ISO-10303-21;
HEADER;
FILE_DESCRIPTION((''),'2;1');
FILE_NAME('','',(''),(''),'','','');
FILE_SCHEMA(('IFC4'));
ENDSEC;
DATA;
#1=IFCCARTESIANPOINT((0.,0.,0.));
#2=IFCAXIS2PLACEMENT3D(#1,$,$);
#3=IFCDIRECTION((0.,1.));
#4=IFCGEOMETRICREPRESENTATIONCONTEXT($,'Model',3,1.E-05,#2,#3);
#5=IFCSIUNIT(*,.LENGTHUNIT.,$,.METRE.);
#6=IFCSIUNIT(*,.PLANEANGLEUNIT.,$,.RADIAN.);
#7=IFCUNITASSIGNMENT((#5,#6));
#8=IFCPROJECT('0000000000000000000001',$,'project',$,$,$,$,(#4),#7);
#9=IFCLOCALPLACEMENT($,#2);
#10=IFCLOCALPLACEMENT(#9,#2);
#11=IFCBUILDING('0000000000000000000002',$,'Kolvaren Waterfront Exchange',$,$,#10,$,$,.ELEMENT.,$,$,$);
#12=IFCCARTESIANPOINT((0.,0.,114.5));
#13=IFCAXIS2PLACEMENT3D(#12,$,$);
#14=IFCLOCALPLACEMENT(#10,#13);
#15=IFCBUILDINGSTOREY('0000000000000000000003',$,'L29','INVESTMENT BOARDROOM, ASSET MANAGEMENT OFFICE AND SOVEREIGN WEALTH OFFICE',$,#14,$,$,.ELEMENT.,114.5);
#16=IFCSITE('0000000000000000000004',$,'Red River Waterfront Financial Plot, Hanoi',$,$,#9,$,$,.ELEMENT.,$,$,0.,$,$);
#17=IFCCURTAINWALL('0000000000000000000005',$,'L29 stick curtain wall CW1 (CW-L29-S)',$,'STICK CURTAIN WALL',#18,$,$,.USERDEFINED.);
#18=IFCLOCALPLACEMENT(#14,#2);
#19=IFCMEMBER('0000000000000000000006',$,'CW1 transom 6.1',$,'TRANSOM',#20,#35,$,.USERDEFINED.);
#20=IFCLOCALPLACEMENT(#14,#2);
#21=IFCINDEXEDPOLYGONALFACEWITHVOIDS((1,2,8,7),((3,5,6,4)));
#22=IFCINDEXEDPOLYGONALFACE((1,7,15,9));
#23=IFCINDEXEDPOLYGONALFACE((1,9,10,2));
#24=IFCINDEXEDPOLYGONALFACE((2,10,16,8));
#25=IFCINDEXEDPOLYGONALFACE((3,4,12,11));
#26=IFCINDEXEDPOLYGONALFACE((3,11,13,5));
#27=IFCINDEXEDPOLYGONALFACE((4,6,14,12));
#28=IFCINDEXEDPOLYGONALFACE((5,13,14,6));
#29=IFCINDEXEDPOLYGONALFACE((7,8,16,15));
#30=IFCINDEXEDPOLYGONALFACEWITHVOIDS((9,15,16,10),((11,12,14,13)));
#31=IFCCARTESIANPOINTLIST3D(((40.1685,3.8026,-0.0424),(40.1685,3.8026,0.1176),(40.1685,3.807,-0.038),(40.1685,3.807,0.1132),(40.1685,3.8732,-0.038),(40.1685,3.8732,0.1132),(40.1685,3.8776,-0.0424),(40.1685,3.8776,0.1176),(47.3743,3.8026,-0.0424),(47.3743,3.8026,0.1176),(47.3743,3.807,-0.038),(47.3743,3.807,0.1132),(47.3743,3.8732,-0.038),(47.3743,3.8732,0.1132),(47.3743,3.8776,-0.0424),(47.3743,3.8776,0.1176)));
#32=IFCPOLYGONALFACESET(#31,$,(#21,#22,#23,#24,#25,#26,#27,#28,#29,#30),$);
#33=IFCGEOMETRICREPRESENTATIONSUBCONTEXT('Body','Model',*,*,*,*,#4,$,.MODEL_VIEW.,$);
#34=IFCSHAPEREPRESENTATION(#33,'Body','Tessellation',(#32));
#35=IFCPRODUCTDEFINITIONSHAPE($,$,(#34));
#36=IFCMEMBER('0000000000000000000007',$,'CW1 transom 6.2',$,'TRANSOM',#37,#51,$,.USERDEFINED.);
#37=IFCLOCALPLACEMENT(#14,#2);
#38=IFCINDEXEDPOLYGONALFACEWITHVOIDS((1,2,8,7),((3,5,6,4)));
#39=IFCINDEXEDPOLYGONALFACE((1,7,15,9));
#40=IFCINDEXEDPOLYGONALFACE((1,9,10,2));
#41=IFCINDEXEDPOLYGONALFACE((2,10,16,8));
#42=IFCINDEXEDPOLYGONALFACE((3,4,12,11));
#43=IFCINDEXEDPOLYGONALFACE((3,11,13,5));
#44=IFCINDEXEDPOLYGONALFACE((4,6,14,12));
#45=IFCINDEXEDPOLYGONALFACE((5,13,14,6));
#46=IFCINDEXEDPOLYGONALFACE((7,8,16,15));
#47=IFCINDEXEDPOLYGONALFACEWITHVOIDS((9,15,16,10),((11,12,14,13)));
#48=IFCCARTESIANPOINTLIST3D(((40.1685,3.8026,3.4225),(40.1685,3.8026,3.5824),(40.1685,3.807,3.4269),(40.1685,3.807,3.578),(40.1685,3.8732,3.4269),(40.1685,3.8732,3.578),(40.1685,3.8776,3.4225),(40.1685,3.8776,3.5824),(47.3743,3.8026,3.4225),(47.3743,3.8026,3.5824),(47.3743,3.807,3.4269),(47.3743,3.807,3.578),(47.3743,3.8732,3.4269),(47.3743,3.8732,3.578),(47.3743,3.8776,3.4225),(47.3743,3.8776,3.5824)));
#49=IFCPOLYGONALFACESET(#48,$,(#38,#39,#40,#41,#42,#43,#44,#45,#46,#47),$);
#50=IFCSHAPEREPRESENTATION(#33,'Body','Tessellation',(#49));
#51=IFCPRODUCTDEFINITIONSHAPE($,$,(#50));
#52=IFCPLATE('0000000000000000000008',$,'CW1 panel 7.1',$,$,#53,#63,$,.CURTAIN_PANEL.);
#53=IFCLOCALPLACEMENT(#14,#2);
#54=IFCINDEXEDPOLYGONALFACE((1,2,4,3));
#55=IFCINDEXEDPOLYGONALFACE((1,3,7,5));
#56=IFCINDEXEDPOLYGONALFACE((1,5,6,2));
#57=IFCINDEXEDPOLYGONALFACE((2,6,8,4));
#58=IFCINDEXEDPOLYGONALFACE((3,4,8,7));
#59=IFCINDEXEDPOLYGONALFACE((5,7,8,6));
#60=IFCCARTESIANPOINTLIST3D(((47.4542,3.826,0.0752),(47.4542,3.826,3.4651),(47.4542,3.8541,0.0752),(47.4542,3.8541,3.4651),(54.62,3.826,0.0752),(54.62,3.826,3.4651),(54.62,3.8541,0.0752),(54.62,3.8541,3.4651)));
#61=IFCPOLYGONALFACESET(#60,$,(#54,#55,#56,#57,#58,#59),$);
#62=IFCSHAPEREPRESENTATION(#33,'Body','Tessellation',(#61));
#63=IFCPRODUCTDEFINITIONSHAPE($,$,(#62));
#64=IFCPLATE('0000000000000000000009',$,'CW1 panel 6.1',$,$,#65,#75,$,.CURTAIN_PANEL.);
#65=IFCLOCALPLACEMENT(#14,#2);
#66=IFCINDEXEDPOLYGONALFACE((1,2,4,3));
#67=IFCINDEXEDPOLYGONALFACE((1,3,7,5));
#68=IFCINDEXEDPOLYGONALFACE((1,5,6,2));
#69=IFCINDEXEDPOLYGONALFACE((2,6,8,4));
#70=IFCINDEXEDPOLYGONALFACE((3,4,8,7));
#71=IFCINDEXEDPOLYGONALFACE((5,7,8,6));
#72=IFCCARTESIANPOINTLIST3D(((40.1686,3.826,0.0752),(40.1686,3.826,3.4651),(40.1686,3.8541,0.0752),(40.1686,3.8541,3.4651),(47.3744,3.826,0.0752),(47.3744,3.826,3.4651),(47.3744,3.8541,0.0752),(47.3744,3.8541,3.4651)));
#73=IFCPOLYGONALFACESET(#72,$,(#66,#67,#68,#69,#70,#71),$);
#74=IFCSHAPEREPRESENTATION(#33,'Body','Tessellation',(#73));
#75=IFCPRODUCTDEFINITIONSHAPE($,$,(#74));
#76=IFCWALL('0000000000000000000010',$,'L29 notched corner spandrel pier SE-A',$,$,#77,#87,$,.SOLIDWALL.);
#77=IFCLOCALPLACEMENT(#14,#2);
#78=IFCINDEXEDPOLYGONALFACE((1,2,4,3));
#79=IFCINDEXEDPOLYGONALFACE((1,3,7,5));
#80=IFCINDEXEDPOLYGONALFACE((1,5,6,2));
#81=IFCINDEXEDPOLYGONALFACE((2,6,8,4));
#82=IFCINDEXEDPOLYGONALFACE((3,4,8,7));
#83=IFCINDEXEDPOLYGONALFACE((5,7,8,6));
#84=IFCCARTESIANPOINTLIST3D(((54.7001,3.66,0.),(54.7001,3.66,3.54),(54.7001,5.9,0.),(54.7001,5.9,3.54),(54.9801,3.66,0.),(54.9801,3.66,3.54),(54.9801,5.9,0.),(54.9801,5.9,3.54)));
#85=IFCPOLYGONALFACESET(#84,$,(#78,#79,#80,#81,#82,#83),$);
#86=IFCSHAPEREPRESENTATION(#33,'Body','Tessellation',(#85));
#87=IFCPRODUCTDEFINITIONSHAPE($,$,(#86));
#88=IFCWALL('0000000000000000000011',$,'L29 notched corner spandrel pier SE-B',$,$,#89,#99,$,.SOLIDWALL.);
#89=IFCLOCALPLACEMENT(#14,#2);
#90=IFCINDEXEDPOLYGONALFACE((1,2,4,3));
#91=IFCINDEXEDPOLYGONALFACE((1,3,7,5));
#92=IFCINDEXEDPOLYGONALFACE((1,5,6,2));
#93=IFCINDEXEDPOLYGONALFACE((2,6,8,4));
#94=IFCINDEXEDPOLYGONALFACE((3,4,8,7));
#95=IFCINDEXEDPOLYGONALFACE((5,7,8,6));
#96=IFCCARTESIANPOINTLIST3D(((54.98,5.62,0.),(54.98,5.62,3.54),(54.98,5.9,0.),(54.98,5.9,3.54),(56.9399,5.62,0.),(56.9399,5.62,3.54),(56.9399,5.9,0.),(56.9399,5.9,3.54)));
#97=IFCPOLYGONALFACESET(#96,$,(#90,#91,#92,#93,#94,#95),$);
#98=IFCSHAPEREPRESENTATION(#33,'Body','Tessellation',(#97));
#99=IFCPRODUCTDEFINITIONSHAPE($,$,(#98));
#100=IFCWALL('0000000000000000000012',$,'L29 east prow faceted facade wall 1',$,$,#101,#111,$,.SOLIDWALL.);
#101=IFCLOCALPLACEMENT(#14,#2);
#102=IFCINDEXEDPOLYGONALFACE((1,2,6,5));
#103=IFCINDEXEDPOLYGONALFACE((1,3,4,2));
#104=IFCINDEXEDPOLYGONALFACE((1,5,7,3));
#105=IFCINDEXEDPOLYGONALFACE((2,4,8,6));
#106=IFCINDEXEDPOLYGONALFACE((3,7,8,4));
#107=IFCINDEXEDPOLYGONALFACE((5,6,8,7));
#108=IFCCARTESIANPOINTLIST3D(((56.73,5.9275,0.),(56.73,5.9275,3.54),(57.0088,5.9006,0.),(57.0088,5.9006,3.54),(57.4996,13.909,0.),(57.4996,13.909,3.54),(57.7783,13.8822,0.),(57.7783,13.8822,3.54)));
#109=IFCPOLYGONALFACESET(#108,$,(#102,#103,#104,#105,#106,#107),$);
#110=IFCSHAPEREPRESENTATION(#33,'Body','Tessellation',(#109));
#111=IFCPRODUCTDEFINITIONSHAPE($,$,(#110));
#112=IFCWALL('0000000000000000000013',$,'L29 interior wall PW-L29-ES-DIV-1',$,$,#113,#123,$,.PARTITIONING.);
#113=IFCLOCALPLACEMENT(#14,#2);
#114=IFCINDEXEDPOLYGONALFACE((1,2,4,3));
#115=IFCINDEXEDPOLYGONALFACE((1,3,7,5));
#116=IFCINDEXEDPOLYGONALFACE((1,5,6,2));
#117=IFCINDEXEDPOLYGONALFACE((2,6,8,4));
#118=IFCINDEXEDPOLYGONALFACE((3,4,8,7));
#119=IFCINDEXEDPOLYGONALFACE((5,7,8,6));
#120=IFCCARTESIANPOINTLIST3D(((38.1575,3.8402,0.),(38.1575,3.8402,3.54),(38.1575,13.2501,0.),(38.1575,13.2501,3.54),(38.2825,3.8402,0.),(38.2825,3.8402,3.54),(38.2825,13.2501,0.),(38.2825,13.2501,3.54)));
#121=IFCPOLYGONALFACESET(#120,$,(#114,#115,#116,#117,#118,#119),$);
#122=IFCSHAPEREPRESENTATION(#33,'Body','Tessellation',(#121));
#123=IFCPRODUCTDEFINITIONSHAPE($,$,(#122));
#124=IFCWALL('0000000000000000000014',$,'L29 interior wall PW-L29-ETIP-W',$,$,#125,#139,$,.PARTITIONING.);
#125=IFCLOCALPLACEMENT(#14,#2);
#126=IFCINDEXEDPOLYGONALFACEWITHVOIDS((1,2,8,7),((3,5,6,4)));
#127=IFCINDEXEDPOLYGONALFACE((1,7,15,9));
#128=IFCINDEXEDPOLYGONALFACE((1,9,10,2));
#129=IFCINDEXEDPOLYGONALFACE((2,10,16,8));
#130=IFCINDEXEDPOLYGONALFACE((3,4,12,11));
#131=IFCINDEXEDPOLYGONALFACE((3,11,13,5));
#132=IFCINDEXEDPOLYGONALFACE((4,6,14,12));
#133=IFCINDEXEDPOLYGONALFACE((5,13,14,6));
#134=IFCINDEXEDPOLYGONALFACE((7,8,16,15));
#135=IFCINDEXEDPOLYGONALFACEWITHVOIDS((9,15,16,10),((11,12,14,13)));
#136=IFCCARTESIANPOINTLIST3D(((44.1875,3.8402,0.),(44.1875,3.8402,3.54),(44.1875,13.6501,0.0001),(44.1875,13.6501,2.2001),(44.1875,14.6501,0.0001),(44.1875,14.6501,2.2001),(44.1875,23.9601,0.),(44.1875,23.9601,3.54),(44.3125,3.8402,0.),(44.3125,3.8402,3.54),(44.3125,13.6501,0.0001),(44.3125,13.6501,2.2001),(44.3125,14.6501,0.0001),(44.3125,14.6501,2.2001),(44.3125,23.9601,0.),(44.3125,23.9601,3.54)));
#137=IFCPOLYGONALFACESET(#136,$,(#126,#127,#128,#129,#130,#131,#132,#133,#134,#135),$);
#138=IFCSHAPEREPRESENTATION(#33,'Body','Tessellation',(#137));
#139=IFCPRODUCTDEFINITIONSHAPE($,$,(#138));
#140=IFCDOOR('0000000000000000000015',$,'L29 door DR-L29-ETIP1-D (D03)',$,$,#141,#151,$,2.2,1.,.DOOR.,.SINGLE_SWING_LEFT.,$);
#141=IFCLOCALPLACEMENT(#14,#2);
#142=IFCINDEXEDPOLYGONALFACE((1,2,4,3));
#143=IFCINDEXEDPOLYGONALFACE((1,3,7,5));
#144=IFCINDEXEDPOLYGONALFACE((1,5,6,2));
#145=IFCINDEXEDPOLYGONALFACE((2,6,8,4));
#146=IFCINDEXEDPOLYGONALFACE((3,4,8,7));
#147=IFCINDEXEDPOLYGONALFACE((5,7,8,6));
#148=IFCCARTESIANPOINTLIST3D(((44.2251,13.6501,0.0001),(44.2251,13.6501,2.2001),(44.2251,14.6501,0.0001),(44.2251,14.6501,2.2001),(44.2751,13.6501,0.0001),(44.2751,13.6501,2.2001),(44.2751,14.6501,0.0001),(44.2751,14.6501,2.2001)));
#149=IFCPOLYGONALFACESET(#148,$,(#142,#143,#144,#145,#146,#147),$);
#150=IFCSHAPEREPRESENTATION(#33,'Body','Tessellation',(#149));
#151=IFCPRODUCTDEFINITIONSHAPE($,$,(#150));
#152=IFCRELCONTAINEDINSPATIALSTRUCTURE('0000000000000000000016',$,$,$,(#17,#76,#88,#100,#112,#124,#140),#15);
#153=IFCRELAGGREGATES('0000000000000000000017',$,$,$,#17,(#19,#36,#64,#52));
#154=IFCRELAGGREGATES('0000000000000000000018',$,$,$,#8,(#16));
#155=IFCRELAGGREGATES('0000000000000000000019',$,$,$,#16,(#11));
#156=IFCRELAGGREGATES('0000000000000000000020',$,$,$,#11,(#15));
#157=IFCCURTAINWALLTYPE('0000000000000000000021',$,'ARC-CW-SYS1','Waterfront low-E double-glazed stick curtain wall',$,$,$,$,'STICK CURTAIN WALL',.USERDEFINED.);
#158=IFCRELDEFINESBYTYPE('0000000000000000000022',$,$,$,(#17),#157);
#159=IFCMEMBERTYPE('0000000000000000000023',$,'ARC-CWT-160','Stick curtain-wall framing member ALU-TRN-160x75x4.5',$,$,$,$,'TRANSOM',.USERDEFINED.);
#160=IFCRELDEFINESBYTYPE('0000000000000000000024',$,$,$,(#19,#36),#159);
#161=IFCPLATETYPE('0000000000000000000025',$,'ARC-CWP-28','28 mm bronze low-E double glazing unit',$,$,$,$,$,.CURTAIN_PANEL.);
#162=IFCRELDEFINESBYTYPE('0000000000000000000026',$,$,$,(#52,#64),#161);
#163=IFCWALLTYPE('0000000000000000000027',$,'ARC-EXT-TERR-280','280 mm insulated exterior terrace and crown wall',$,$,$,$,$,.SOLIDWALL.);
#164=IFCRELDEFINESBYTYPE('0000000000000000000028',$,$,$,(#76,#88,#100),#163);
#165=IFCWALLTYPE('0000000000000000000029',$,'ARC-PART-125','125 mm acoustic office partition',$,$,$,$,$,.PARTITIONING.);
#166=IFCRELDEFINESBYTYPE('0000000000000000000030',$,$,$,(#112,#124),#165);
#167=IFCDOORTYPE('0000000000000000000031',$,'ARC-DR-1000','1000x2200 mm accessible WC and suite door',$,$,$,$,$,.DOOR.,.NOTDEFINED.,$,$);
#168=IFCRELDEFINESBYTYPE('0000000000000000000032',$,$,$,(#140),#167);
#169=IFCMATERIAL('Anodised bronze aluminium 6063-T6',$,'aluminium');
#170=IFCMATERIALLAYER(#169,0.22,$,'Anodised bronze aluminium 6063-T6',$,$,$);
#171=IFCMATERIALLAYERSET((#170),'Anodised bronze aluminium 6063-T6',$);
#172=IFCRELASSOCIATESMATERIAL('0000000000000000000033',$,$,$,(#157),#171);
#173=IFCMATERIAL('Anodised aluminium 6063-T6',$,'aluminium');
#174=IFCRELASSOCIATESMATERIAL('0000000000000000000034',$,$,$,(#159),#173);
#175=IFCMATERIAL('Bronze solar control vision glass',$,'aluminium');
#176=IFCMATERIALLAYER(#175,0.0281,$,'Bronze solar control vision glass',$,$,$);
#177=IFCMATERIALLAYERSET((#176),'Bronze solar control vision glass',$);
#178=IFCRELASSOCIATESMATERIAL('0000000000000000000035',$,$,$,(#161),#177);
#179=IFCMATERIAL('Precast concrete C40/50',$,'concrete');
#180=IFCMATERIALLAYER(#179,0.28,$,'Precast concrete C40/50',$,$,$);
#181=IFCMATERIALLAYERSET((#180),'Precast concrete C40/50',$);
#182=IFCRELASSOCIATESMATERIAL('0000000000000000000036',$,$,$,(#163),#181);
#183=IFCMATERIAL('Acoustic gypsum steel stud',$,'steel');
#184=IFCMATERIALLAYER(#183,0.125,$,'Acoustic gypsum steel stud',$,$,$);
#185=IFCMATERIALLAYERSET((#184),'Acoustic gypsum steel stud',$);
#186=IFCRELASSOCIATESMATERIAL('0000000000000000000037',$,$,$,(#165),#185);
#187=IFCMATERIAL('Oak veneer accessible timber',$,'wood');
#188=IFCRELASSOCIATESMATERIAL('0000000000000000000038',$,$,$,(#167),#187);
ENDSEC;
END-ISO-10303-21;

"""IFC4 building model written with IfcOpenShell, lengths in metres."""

from ifc_helpers import new_model, si_unit, direction, frame, frame_2d, origin, origin_with_axes, origin_2d, place, context, subcontext, project, spatial, rectangle, hollow_rectangle, extrude, source, transform, mapped, material, layer, layer_set, material_profile, profile_set, type_object, element, fill, aggregate, save


model = new_model("IFC4")

# Units and contexts
model_context = context("Model", 3, precision=1e-05, world=origin(), true_north=direction((0.0, 1.0)))
body_context = subcontext(model_context, "Body", "Model", "MODEL_VIEW")
ifc_project = project(units=[si_unit("LENGTHUNIT", "METRE"), si_unit("PLANEANGLEUNIT", "RADIAN")], contexts=[model_context])

# Site, building, storey
site_placement = place(None, origin())
site = spatial("IfcSite", under=ifc_project, at=site_placement, Name="Red River Waterfront Financial Plot, Hanoi", CompositionType="ELEMENT", RefElevation=0.0)
building_placement = place(site_placement, origin())
building = spatial("IfcBuilding", under=site, at=building_placement, Name="Kolvaren Waterfront Exchange", CompositionType="ELEMENT")
storey_placement = place(building_placement, frame((0.0, 0.0, 114.5)))
storey = spatial("IfcBuildingStorey", under=building, at=storey_placement, Name="L29", Description="INVESTMENT BOARDROOM, ASSET MANAGEMENT OFFICE AND SOVEREIGN WEALTH OFFICE", CompositionType="ELEMENT", Elevation=114.5)

# Curtain wall, members, plates
ifc_material_1 = material(Name="Anodised bronze aluminium 6063-T6", Category="aluminium")
ifc_layer_1 = layer(ifc_material_1, 0.22, Name="Anodised bronze aluminium 6063-T6")
ifc_layer_set_1 = layer_set([ifc_layer_1], Name="Anodised bronze aluminium 6063-T6")
curtain_wall_type = type_object("IfcCurtainWallType", Name="ARC-CW-SYS1", Description="Waterfront low-E double-glazed stick curtain wall", ElementType="STICK CURTAIN WALL", PredefinedType="USERDEFINED", material=ifc_layer_set_1)
curtain_wall_placement = place(storey_placement, origin())
curtain_wall = element("IfcCurtainWall", 1, at=curtain_wall_placement, inside=storey, type_object=curtain_wall_type, Name="L29 stick curtain wall CW1 (CW-L29-S)", ObjectType="STICK CURTAIN WALL", PredefinedType="USERDEFINED")
ifc_material_2 = material(Name="Anodised aluminium 6063-T6", Category="aluminium")
ifc_material_profile_1 = material_profile(ifc_material_2, hollow_rectangle(XDim=0.075, YDim=0.1599, WallThickness=0.0044, at=origin_2d()), Name="ALU-TRN-160x75x4.5")
ifc_profile_set_1 = profile_set([ifc_material_profile_1], Name="Anodised aluminium 6063-T6")
member_type_1 = type_object("IfcMemberType", Name="ARC-CWT-160", Description="Stick curtain-wall framing member ALU-TRN-160x75x4.5", ElementType="TRANSOM", PredefinedType="USERDEFINED", material=ifc_profile_set_1)
shared_shape_1 = source(origin_with_axes(), body_context, "Body", "SweptSolid", [
    extrude(hollow_rectangle(XDim=0.075, YDim=0.1599, WallThickness=0.0044, at=origin_2d()), origin(), (0.0, 0.0, 1.0), 7.2058),
])
member_1_placement = place(storey_placement, frame((40.1685, 3.8401, 0.0376), z_axis=(1.0, 0.0, 0.0), x_axis=(0.0, 1.0, 0.0)))
member_1 = element("IfcMember", 2, at=member_1_placement, type_object=member_type_1, Name="CW1 transom 6.1", ObjectType="TRANSOM", PredefinedType="USERDEFINED", context=body_context, shape_type="MappedRepresentation", body=[
    mapped(shared_shape_1, transform((0.0, 0.0, 0.0), x_axis=(1.0, 0.0, 0.0), y_axis=(0.0, 1.0, 0.0), z_axis=(0.0, 0.0, 1.0), scale=1.0)),
])
member_2_placement = place(storey_placement, frame((40.1685, 3.8401, 3.5024), z_axis=(1.0, 0.0, 0.0), x_axis=(0.0, 1.0, 0.0)))
member_2 = element("IfcMember", 3, at=member_2_placement, type_object=member_type_1, Name="CW1 transom 6.2", ObjectType="TRANSOM", PredefinedType="USERDEFINED", context=body_context, shape_type="MappedRepresentation", body=[
    mapped(shared_shape_1, transform((0.0, 0.0, 0.0), x_axis=(1.0, 0.0, 0.0), y_axis=(0.0, 1.0, 0.0), z_axis=(0.0, 0.0, 1.0), scale=1.0)),
])
ifc_material_3 = material(Name="Bronze solar control vision glass", Category="aluminium")
ifc_layer_2 = layer(ifc_material_3, 0.0281, Name="Bronze solar control vision glass")
ifc_layer_set_2 = layer_set([ifc_layer_2], Name="Bronze solar control vision glass")
plate_type = type_object("IfcPlateType", Name="ARC-CWP-28", Description="28 mm bronze low-E double glazing unit", PredefinedType="CURTAIN_PANEL", material=ifc_layer_set_2)
shared_shape_2 = source(origin_with_axes(), body_context, "Body", "SweptSolid", [
    extrude(rectangle(XDim=7.1658, YDim=0.0281, at=origin_2d()), origin(), (0.0, 0.0, 1.0), 3.3899),
])
plate_1_placement = place(storey_placement, frame((51.0371, 3.8401, 0.0752), z_axis=(0.0, 0.0, 1.0), x_axis=(1.0, 0.0, 0.0)))
plate_1 = element("IfcPlate", 4, at=plate_1_placement, type_object=plate_type, Name="CW1 panel 7.1", PredefinedType="CURTAIN_PANEL", context=body_context, shape_type="MappedRepresentation", body=[
    mapped(shared_shape_2, transform((0.0, 0.0, 0.0), x_axis=(1.0, 0.0, 0.0), y_axis=(0.0, 1.0, 0.0), z_axis=(0.0, 0.0, 1.0), scale=1.0)),
])
shared_shape_3 = source(origin_with_axes(), body_context, "Body", "SweptSolid", [
    extrude(rectangle(XDim=7.2058, YDim=0.0281, at=origin_2d()), origin(), (0.0, 0.0, 1.0), 3.3899),
])
plate_2_placement = place(storey_placement, frame((43.7715, 3.8401, 0.0752), z_axis=(0.0, 0.0, 1.0), x_axis=(1.0, 0.0, 0.0)))
plate_2 = element("IfcPlate", 5, at=plate_2_placement, type_object=plate_type, Name="CW1 panel 6.1", PredefinedType="CURTAIN_PANEL", context=body_context, shape_type="MappedRepresentation", body=[
    mapped(shared_shape_3, transform((0.0, 0.0, 0.0), x_axis=(1.0, 0.0, 0.0), y_axis=(0.0, 1.0, 0.0), z_axis=(0.0, 0.0, 1.0), scale=1.0)),
])
aggregate(curtain_wall, [member_1, member_2, plate_2, plate_1])

# Walls
ifc_material_4 = material(Name="Precast concrete C40/50", Category="concrete")
ifc_layer_3 = layer(ifc_material_4, 0.28, Name="Precast concrete C40/50")
ifc_layer_set_3 = layer_set([ifc_layer_3], Name="Precast concrete C40/50")
wall_type_1 = type_object("IfcWallType", Name="ARC-EXT-TERR-280", Description="280 mm insulated exterior terrace and crown wall", PredefinedType="SOLIDWALL", material=ifc_layer_set_3)
wall_1_placement = place(storey_placement, frame((54.8401, 3.6599, 0.0), z_axis=(0.0, 0.0, 1.0), x_axis=(0.0, 1.0, 0.0)))
element("IfcWall", 6, at=wall_1_placement, inside=storey, type_object=wall_type_1, Name="L29 notched corner spandrel pier SE-A", PredefinedType="SOLIDWALL", context=body_context, shape_type="SweptSolid", body=[
    extrude(rectangle(XDim=2.24, YDim=0.28, at=frame_2d((1.1201, 0.0))), origin(), (0.0, 0.0, 1.0), 3.54),
])
wall_2_placement = place(storey_placement, frame((54.98, 5.76, 0.0), z_axis=(0.0, 0.0, 1.0), x_axis=(1.0, 0.0, 0.0)))
element("IfcWall", 7, at=wall_2_placement, inside=storey, type_object=wall_type_1, Name="L29 notched corner spandrel pier SE-B", PredefinedType="SOLIDWALL", context=body_context, shape_type="SweptSolid", body=[
    extrude(rectangle(XDim=1.96, YDim=0.28, at=frame_2d((0.98, 0.0))), origin(), (0.0, 0.0, 1.0), 3.54),
])
wall_3_placement = place(storey_placement, frame((56.8694, 5.9141, 0.0), z_axis=(0.0, 0.0, 1.0), x_axis=(0.09597, 0.995384, 0.0)))
element("IfcWall", 8, at=wall_3_placement, inside=storey, type_object=wall_type_1, Name="L29 east prow faceted facade wall 1", PredefinedType="SOLIDWALL", context=body_context, shape_type="SweptSolid", body=[
    extrude(rectangle(XDim=8.0186, YDim=0.28, at=frame_2d((4.0093, 0.0))), origin(), (0.0, 0.0, 1.0), 3.54),
])
ifc_material_5 = material(Name="Acoustic gypsum steel stud", Category="steel")
ifc_layer_4 = layer(ifc_material_5, 0.125, Name="Acoustic gypsum steel stud")
ifc_layer_set_4 = layer_set([ifc_layer_4], Name="Acoustic gypsum steel stud")
wall_type_2 = type_object("IfcWallType", Name="ARC-PART-125", Description="125 mm acoustic office partition", PredefinedType="PARTITIONING", material=ifc_layer_set_4)
wall_4_placement = place(storey_placement, frame((38.22, 3.8401, 0.0), z_axis=(0.0, 0.0, 1.0), x_axis=(0.0, 1.0, 0.0)))
element("IfcWall", 9, at=wall_4_placement, inside=storey, type_object=wall_type_2, Name="L29 interior wall PW-L29-ES-DIV-1", PredefinedType="PARTITIONING", context=body_context, shape_type="SweptSolid", body=[
    extrude(rectangle(XDim=9.4099, YDim=0.125, at=frame_2d((4.7051, 0.0))), origin(), (0.0, 0.0, 1.0), 3.54),
])

# Wall, opening, door
wall_5_placement = place(storey_placement, frame((44.25, 3.8401, 0.0), z_axis=(0.0, 0.0, 1.0), x_axis=(0.0, 1.0, 0.0)))
wall_5 = element("IfcWall", 10, at=wall_5_placement, inside=storey, type_object=wall_type_2, Name="L29 interior wall PW-L29-ETIP-W", PredefinedType="PARTITIONING", context=body_context, shape_type="SweptSolid", body=[
    extrude(rectangle(XDim=20.1199, YDim=0.125, at=frame_2d((10.0601, 0.0))), origin(), (0.0, 0.0, 1.0), 3.54),
])
opening_placement = place(wall_5_placement, frame((9.8101, 0.0, 0.0)))
opening = element("IfcOpeningElement", 11, at=opening_placement, cuts=wall_5, PredefinedType="OPENING", context=body_context, shape_type="SweptSolid", body=[
    extrude(rectangle(XDim=1.0, YDim=2.2, at=frame_2d((0.5, 1.1001))), frame((0.0, 0.0725, 0.0), z_axis=(0.0, -1.0, 0.0), x_axis=(1.0, 0.0, 0.0)), (0.0, 0.0, 1.0), 0.145),
])
ifc_material_6 = material(Name="Oak veneer accessible timber", Category="wood")
door_type = type_object("IfcDoorType", Name="ARC-DR-1000", Description="1000x2200 mm accessible WC and suite door", OperationType="NOTDEFINED", PredefinedType="DOOR", material=ifc_material_6)
door_placement = place(opening_placement, origin())
door = element("IfcDoor", 12, at=door_placement, inside=storey, type_object=door_type, Name="L29 door DR-L29-ETIP1-D (D03)", OperationType="SINGLE_SWING_LEFT", OverallHeight=2.2, OverallWidth=1.0, PredefinedType="DOOR", context=body_context, shape_type="SweptSolid", body=[
    extrude(rectangle(XDim=1.0, YDim=2.2, at=frame_2d((0.5, 1.1001))), frame((0.0, 0.0249, 0.0), z_axis=(0.0, -1.0, 0.0), x_axis=(1.0, 0.0, 0.0)), (0.0, 0.0, 1.0), 0.05),
])
fill(opening, door)

save(model, "model.ifc")
